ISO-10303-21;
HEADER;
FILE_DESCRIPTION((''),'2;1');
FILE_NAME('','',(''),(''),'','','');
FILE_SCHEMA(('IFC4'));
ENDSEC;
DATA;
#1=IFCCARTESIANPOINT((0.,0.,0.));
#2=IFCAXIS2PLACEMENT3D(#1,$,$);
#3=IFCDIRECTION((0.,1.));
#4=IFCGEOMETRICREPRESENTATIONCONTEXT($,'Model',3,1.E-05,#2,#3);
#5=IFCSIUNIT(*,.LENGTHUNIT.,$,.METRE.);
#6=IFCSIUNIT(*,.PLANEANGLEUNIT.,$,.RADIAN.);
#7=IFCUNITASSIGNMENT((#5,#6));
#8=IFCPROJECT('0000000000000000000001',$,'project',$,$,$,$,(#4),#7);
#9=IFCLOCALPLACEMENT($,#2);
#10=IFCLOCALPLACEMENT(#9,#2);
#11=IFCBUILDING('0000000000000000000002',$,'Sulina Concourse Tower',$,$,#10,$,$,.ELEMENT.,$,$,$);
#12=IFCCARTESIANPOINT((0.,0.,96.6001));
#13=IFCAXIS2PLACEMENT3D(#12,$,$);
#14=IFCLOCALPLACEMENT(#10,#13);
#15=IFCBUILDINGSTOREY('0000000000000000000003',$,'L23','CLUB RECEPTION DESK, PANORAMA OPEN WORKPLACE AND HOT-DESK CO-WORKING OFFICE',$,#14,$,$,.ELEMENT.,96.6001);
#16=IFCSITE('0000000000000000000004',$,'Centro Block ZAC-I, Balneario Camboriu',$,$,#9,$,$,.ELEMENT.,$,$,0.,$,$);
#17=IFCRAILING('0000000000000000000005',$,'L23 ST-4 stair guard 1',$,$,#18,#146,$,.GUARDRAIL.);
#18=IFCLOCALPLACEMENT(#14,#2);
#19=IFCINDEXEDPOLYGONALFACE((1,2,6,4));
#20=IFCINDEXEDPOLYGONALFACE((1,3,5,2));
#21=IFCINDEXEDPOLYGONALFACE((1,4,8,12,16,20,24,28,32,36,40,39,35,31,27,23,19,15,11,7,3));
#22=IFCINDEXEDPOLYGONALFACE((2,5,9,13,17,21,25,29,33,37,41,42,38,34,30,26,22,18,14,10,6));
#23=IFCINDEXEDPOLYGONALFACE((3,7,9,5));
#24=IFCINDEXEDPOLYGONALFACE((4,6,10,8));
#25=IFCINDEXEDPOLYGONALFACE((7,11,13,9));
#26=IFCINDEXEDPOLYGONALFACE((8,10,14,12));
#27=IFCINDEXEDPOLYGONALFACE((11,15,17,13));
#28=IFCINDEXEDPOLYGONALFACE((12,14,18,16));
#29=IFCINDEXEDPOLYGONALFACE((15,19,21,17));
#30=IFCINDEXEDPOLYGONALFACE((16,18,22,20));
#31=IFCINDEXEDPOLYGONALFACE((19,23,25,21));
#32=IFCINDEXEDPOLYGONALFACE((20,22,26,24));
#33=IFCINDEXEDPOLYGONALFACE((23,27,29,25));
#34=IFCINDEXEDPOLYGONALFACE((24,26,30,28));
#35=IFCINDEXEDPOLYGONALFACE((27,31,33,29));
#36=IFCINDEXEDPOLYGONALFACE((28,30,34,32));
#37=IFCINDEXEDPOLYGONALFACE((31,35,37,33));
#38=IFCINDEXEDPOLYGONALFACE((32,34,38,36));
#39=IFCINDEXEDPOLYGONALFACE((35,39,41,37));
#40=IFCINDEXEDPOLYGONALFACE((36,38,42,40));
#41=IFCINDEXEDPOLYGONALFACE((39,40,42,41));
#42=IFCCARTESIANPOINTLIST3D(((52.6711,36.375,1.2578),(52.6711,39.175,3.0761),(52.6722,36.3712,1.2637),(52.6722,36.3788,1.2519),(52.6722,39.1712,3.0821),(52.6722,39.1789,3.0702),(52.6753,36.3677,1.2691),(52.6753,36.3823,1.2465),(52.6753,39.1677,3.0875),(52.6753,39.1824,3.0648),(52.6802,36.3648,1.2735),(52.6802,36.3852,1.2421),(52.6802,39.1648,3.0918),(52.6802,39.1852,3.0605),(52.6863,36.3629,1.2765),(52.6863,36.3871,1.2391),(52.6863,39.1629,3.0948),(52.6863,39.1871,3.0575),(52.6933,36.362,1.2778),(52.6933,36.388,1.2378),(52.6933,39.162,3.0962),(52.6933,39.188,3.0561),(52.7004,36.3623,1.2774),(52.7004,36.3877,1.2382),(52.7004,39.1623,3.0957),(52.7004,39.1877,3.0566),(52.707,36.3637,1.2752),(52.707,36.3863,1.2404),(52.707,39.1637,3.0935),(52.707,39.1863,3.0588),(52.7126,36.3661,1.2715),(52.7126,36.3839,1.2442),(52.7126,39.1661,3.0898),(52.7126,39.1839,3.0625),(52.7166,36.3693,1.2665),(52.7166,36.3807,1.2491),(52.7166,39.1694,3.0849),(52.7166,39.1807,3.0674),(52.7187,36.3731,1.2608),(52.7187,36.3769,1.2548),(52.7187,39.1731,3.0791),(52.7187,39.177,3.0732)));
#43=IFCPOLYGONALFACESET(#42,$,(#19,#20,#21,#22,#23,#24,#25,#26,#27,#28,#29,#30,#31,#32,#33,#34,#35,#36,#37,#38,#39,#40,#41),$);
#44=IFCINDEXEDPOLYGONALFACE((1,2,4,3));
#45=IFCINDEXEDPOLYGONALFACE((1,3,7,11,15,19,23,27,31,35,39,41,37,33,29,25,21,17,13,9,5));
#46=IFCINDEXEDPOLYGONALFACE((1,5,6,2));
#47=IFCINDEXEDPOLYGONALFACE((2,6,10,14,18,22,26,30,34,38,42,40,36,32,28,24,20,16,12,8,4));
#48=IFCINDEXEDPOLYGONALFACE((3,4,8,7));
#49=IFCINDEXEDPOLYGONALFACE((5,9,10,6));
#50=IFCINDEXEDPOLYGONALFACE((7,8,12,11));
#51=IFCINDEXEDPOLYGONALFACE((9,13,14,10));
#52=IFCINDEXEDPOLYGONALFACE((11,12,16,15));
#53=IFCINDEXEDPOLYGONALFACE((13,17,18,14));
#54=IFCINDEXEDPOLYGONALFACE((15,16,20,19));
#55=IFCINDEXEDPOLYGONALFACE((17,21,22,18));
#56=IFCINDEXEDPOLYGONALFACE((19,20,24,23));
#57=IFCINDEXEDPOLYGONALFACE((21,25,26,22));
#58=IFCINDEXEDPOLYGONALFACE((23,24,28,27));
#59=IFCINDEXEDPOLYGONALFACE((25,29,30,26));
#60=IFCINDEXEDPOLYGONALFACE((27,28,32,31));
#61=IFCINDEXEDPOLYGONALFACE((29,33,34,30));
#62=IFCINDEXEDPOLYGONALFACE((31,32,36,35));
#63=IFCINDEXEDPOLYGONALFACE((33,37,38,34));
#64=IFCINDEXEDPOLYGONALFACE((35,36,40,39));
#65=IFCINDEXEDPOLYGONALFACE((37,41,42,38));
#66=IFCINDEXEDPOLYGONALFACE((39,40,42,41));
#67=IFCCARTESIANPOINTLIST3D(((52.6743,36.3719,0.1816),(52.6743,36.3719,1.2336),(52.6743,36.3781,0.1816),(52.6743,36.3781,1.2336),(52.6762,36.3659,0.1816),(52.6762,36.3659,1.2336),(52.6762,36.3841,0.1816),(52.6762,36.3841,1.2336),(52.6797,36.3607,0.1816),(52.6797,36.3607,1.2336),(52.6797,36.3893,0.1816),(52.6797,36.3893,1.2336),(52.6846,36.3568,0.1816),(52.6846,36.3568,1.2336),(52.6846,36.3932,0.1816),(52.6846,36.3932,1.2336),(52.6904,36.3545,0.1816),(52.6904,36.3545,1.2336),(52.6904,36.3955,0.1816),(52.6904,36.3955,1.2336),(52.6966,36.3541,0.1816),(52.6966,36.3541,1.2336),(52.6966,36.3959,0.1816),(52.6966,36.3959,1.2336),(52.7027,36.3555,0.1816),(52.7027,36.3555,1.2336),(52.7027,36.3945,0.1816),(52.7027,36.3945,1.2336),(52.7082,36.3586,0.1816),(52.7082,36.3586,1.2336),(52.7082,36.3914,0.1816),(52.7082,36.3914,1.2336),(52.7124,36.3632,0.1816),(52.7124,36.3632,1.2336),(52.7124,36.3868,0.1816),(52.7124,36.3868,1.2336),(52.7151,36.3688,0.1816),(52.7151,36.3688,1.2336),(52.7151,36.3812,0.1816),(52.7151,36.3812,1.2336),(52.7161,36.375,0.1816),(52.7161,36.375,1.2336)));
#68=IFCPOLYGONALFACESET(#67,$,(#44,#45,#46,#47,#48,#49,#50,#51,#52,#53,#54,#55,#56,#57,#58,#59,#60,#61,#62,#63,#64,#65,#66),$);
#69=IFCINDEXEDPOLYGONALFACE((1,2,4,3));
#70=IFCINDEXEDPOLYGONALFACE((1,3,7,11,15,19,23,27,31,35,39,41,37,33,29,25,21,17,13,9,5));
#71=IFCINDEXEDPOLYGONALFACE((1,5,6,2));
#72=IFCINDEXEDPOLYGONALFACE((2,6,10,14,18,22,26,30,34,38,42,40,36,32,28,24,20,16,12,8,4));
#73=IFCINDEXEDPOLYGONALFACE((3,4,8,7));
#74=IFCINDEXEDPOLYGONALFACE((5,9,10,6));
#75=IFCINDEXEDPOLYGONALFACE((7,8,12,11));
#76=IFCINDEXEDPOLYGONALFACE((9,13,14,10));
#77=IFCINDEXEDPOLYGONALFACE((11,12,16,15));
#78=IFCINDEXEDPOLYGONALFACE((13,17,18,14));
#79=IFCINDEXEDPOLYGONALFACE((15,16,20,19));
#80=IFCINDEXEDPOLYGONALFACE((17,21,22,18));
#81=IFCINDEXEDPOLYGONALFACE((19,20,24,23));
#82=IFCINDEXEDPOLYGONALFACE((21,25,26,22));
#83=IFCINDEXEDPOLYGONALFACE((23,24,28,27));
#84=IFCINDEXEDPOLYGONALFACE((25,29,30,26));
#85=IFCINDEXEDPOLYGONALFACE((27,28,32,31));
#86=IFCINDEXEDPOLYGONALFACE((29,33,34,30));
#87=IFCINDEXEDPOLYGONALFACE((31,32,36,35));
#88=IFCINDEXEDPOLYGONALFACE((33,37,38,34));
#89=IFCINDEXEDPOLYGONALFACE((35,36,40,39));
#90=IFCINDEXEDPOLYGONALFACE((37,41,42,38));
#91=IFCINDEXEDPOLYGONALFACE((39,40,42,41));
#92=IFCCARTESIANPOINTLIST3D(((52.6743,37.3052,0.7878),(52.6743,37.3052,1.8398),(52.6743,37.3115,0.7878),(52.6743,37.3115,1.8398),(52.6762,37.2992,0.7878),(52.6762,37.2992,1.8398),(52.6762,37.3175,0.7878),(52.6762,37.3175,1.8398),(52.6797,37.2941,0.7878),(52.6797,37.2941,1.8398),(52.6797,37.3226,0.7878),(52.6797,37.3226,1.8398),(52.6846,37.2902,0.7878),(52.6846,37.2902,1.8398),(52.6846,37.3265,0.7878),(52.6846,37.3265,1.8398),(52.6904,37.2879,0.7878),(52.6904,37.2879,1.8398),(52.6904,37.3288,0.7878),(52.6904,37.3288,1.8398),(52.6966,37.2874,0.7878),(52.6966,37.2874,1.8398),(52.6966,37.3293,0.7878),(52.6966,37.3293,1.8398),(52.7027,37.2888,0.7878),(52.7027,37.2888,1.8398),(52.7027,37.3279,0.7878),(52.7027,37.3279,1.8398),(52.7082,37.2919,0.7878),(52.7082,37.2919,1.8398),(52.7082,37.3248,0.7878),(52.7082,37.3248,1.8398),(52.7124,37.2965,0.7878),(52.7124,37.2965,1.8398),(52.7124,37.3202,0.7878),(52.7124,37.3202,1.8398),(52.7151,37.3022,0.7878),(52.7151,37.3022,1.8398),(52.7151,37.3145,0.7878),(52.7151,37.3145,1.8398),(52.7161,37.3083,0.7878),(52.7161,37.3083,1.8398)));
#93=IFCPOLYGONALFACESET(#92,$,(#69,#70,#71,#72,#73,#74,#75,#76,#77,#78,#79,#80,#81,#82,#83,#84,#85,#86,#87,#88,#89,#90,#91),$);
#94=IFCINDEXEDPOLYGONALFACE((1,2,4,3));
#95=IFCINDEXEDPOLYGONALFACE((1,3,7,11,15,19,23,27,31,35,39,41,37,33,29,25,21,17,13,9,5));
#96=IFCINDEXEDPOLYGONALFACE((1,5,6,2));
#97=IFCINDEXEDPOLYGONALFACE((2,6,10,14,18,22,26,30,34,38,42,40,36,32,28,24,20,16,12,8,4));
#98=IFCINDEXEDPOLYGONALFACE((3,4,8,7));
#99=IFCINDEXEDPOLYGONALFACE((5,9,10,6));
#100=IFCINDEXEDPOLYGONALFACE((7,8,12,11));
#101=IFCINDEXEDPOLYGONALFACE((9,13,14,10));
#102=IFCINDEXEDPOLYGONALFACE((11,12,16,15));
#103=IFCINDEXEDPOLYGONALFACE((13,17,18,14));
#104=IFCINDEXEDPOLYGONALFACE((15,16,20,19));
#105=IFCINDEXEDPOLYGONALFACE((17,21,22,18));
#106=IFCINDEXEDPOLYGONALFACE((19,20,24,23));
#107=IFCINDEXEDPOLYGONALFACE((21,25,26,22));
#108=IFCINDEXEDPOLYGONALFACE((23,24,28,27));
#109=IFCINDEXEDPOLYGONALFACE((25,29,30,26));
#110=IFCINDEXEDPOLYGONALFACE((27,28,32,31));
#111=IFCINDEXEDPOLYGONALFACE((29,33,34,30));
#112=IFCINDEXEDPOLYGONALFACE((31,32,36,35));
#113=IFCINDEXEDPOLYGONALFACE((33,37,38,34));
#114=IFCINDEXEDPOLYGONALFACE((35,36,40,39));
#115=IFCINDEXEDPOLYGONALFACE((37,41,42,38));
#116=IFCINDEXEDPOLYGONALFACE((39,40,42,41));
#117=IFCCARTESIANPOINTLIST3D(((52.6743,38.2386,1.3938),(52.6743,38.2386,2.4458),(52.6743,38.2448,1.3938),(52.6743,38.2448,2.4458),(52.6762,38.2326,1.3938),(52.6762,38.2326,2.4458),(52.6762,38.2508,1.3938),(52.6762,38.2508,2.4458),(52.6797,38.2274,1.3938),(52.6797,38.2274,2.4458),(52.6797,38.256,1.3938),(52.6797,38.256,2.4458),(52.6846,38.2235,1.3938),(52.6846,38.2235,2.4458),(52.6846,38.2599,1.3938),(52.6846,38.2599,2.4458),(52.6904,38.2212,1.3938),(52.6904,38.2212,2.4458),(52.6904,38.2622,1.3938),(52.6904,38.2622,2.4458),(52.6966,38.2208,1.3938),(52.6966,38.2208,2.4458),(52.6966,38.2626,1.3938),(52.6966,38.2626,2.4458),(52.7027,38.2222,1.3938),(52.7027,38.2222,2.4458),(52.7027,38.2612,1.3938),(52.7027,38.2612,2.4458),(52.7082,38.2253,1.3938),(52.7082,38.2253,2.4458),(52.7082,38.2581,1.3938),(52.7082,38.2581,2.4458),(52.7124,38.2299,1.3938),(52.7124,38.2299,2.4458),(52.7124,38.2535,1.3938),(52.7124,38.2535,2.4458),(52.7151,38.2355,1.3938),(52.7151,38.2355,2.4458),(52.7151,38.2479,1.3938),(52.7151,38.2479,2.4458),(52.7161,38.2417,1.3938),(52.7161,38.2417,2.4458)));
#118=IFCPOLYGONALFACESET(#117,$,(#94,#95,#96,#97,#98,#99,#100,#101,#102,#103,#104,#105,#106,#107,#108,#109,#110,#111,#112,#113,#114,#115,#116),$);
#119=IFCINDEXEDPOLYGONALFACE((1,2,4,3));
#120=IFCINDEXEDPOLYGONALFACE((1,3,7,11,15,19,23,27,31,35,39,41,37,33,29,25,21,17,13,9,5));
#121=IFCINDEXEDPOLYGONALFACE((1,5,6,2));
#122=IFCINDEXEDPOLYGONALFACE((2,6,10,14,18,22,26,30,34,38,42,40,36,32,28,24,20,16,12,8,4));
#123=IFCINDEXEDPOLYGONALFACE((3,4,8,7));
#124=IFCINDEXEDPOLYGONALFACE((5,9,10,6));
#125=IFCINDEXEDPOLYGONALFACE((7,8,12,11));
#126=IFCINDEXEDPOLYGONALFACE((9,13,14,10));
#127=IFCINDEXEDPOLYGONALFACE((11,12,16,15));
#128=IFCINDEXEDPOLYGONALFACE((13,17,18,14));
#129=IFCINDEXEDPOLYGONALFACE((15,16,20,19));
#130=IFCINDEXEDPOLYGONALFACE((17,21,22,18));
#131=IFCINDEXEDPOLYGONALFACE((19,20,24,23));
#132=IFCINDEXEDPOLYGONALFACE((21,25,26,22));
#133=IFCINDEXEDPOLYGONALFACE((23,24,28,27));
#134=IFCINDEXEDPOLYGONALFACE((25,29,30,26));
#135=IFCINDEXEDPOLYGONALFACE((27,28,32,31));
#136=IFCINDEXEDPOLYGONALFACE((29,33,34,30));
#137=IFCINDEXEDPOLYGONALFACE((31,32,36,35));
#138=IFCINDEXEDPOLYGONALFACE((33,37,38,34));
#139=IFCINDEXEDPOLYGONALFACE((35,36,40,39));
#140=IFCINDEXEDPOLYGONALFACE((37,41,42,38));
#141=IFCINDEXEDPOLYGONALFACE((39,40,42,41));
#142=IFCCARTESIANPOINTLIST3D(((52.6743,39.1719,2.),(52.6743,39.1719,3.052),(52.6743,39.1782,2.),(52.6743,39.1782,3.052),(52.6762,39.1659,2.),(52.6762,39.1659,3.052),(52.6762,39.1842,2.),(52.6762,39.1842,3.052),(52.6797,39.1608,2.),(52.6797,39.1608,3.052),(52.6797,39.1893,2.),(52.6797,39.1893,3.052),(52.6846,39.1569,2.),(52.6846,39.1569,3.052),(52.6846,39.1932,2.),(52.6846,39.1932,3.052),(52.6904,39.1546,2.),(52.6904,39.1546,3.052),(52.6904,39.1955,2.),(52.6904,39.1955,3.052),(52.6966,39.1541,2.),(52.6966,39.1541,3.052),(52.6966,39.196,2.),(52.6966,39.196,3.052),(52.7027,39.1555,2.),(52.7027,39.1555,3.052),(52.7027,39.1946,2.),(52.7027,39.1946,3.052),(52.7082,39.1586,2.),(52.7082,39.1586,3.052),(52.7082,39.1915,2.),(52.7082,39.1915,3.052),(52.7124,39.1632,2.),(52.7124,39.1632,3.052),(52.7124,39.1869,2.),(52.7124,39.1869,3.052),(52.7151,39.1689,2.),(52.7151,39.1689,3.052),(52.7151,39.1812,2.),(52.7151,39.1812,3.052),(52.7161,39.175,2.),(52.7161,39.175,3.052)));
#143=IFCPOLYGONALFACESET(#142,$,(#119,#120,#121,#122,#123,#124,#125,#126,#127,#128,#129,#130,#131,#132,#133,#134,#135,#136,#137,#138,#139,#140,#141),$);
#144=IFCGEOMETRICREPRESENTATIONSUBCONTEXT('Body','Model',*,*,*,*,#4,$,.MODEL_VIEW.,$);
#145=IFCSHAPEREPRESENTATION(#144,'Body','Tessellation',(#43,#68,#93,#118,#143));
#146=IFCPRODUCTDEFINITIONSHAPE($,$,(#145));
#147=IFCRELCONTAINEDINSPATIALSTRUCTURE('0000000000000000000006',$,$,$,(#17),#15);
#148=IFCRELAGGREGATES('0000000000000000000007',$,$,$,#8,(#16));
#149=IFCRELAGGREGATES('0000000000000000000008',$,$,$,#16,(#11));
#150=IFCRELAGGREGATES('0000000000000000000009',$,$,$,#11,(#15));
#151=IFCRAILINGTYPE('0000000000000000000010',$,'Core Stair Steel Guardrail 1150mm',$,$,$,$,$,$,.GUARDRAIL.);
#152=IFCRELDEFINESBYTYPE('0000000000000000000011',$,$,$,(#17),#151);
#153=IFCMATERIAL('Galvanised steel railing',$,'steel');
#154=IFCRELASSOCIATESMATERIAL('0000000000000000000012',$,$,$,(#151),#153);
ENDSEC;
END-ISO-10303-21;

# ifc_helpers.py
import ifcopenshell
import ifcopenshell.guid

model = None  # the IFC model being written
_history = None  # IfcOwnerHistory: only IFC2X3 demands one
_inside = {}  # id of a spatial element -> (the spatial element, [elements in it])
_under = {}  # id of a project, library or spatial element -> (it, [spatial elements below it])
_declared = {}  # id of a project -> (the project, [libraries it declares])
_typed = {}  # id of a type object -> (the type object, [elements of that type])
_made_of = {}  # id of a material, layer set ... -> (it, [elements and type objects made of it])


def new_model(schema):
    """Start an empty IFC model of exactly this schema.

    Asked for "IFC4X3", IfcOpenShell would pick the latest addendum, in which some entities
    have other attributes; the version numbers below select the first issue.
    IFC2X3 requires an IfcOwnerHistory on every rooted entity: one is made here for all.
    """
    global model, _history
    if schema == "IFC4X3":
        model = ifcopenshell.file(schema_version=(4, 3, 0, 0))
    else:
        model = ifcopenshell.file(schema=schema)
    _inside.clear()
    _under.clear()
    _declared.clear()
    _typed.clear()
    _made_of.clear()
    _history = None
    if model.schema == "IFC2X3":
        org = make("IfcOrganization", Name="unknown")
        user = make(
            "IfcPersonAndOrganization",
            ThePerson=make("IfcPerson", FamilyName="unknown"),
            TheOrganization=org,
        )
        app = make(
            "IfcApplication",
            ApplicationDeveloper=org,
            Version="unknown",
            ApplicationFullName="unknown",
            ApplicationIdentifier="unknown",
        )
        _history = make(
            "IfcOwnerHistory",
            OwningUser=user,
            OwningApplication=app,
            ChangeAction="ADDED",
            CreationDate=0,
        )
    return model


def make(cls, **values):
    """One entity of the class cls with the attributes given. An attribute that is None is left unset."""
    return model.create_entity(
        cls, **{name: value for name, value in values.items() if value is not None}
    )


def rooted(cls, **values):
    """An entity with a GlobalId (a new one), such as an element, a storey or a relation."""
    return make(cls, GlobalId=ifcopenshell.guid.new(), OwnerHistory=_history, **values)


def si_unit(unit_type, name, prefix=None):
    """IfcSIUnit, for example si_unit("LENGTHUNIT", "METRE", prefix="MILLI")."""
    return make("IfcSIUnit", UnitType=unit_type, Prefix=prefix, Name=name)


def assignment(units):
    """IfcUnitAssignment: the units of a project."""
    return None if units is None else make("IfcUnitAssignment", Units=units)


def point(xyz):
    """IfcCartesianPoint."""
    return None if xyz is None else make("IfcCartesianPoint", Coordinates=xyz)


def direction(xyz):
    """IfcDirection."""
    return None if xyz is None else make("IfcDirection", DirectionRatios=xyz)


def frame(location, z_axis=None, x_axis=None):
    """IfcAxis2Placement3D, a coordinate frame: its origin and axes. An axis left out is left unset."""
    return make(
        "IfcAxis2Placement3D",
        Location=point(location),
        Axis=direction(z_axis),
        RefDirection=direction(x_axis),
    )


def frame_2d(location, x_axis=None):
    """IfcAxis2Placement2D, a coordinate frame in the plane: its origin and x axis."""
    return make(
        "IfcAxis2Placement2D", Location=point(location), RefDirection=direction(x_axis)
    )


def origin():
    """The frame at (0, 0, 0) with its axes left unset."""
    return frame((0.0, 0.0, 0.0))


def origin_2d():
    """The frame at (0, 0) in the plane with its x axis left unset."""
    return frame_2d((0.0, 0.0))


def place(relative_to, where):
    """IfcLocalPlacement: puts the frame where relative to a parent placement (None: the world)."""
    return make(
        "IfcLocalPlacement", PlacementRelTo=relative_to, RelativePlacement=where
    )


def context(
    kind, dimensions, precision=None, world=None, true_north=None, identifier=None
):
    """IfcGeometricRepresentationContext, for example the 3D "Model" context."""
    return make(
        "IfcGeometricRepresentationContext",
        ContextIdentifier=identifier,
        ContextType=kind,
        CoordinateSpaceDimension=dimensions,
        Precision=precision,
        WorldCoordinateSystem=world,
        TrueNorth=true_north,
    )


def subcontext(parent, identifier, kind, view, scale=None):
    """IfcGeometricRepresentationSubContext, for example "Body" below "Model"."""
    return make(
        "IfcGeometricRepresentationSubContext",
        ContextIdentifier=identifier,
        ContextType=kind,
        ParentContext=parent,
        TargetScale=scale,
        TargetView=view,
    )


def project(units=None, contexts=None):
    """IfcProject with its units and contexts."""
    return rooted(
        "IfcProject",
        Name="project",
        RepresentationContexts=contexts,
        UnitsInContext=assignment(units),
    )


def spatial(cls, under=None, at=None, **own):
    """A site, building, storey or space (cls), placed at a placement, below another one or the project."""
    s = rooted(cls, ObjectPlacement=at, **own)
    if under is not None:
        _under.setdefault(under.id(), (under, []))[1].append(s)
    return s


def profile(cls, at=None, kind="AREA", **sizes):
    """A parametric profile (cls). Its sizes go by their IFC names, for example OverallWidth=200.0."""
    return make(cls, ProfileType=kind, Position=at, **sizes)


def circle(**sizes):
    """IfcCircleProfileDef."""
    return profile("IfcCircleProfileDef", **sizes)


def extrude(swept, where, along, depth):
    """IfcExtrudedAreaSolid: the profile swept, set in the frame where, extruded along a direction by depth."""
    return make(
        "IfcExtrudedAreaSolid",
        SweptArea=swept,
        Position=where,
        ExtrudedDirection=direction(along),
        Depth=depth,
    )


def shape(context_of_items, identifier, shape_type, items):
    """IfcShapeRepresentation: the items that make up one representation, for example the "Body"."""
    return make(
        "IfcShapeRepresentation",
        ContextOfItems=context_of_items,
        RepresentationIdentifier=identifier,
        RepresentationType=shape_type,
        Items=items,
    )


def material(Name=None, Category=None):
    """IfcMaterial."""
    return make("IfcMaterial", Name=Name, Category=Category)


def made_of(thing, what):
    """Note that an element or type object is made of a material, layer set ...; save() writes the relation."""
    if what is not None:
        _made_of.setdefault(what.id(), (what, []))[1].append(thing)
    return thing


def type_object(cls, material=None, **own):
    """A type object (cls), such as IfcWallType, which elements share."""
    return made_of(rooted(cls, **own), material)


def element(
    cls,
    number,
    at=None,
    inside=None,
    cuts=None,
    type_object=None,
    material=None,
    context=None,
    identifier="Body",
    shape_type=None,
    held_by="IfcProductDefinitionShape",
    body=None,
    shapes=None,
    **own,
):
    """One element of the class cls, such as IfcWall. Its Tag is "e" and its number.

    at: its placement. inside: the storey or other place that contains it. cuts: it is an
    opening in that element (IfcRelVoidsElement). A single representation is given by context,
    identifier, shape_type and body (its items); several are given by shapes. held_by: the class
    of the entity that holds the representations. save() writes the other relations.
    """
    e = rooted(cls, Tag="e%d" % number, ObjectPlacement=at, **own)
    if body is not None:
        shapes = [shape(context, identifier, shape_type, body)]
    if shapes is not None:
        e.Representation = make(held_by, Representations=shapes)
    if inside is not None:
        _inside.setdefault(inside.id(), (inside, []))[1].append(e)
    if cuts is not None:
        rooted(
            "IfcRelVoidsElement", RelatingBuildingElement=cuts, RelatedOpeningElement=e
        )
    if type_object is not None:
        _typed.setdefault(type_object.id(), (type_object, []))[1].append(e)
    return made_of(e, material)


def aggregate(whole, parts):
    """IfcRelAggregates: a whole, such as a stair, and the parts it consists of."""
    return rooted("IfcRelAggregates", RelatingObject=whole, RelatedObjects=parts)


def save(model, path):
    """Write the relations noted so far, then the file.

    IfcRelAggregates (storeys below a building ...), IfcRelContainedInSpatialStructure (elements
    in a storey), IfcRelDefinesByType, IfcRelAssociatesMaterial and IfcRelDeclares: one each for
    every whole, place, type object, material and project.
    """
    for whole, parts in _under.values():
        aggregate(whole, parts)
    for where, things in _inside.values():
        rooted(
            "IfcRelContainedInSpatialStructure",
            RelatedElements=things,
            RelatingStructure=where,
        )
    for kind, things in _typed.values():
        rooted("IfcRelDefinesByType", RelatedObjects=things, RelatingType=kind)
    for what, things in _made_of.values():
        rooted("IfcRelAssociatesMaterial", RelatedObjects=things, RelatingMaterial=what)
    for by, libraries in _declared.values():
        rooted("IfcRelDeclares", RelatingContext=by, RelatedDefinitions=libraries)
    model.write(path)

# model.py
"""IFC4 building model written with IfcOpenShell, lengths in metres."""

from ifc_helpers import new_model, si_unit, direction, frame, origin, origin_2d, place, context, subcontext, project, spatial, circle, extrude, material, type_object, element, save


model = new_model("IFC4")

# Units and contexts
model_context = context("Model", 3, precision=1e-05, world=origin(), true_north=direction((0.0, 1.0)))
body_context = subcontext(model_context, "Body", "Model", "MODEL_VIEW")
ifc_project = project(units=[si_unit("LENGTHUNIT", "METRE"), si_unit("PLANEANGLEUNIT", "RADIAN")], contexts=[model_context])

# Site, building, storey
site_placement = place(None, origin())
site = spatial("IfcSite", under=ifc_project, at=site_placement, Name="Centro Block ZAC-I, Balneario Camboriu", CompositionType="ELEMENT", RefElevation=0.0)
building_placement = place(site_placement, origin())
building = spatial("IfcBuilding", under=site, at=building_placement, Name="Sulina Concourse Tower", CompositionType="ELEMENT")
storey_placement = place(building_placement, frame((0.0, 0.0, 96.6001)))
storey = spatial("IfcBuildingStorey", under=building, at=storey_placement, Name="L23", Description="CLUB RECEPTION DESK, PANORAMA OPEN WORKPLACE AND HOT-DESK CO-WORKING OFFICE", CompositionType="ELEMENT", Elevation=96.6001)

# Railing
ifc_material_1 = material(Name="Galvanised steel railing", Category="steel")
railing_type_1 = type_object("IfcRailingType", Name="Core Stair Steel Guardrail 1150mm", PredefinedType="GUARDRAIL", material=ifc_material_1)
railing_1_placement = place(storey_placement, frame((52.6951, 36.375, 0.1816)))
element("IfcRailing", 1, at=railing_1_placement, inside=storey, type_object=railing_type_1, Name="L23 ST-4 stair guard 1", PredefinedType="GUARDRAIL", context=body_context, shape_type="SweptSolid", body=[
    extrude(circle(Radius=0.0239, at=origin_2d()), frame((0.0, 0.0, 1.0762), z_axis=(0.0, 0.838672, 0.544636), x_axis=(-1.0, 0.0, 0.0)), (0.0, 0.0, 1.0), 3.3386),
    extrude(circle(Radius=0.021, at=origin_2d()), origin(), (0.0, 0.0, 1.0), 1.052),
    extrude(circle(Radius=0.021, at=origin_2d()), frame((0.0, 0.9333, 0.6062)), (0.0, 0.0, 1.0), 1.052),
    extrude(circle(Radius=0.021, at=origin_2d()), frame((0.0, 1.8667, 1.2122)), (0.0, 0.0, 1.0), 1.052),
    extrude(circle(Radius=0.021, at=origin_2d()), frame((0.0, 2.8, 1.8184)), (0.0, 0.0, 1.0), 1.052),
])

save(model, "model.ifc")
